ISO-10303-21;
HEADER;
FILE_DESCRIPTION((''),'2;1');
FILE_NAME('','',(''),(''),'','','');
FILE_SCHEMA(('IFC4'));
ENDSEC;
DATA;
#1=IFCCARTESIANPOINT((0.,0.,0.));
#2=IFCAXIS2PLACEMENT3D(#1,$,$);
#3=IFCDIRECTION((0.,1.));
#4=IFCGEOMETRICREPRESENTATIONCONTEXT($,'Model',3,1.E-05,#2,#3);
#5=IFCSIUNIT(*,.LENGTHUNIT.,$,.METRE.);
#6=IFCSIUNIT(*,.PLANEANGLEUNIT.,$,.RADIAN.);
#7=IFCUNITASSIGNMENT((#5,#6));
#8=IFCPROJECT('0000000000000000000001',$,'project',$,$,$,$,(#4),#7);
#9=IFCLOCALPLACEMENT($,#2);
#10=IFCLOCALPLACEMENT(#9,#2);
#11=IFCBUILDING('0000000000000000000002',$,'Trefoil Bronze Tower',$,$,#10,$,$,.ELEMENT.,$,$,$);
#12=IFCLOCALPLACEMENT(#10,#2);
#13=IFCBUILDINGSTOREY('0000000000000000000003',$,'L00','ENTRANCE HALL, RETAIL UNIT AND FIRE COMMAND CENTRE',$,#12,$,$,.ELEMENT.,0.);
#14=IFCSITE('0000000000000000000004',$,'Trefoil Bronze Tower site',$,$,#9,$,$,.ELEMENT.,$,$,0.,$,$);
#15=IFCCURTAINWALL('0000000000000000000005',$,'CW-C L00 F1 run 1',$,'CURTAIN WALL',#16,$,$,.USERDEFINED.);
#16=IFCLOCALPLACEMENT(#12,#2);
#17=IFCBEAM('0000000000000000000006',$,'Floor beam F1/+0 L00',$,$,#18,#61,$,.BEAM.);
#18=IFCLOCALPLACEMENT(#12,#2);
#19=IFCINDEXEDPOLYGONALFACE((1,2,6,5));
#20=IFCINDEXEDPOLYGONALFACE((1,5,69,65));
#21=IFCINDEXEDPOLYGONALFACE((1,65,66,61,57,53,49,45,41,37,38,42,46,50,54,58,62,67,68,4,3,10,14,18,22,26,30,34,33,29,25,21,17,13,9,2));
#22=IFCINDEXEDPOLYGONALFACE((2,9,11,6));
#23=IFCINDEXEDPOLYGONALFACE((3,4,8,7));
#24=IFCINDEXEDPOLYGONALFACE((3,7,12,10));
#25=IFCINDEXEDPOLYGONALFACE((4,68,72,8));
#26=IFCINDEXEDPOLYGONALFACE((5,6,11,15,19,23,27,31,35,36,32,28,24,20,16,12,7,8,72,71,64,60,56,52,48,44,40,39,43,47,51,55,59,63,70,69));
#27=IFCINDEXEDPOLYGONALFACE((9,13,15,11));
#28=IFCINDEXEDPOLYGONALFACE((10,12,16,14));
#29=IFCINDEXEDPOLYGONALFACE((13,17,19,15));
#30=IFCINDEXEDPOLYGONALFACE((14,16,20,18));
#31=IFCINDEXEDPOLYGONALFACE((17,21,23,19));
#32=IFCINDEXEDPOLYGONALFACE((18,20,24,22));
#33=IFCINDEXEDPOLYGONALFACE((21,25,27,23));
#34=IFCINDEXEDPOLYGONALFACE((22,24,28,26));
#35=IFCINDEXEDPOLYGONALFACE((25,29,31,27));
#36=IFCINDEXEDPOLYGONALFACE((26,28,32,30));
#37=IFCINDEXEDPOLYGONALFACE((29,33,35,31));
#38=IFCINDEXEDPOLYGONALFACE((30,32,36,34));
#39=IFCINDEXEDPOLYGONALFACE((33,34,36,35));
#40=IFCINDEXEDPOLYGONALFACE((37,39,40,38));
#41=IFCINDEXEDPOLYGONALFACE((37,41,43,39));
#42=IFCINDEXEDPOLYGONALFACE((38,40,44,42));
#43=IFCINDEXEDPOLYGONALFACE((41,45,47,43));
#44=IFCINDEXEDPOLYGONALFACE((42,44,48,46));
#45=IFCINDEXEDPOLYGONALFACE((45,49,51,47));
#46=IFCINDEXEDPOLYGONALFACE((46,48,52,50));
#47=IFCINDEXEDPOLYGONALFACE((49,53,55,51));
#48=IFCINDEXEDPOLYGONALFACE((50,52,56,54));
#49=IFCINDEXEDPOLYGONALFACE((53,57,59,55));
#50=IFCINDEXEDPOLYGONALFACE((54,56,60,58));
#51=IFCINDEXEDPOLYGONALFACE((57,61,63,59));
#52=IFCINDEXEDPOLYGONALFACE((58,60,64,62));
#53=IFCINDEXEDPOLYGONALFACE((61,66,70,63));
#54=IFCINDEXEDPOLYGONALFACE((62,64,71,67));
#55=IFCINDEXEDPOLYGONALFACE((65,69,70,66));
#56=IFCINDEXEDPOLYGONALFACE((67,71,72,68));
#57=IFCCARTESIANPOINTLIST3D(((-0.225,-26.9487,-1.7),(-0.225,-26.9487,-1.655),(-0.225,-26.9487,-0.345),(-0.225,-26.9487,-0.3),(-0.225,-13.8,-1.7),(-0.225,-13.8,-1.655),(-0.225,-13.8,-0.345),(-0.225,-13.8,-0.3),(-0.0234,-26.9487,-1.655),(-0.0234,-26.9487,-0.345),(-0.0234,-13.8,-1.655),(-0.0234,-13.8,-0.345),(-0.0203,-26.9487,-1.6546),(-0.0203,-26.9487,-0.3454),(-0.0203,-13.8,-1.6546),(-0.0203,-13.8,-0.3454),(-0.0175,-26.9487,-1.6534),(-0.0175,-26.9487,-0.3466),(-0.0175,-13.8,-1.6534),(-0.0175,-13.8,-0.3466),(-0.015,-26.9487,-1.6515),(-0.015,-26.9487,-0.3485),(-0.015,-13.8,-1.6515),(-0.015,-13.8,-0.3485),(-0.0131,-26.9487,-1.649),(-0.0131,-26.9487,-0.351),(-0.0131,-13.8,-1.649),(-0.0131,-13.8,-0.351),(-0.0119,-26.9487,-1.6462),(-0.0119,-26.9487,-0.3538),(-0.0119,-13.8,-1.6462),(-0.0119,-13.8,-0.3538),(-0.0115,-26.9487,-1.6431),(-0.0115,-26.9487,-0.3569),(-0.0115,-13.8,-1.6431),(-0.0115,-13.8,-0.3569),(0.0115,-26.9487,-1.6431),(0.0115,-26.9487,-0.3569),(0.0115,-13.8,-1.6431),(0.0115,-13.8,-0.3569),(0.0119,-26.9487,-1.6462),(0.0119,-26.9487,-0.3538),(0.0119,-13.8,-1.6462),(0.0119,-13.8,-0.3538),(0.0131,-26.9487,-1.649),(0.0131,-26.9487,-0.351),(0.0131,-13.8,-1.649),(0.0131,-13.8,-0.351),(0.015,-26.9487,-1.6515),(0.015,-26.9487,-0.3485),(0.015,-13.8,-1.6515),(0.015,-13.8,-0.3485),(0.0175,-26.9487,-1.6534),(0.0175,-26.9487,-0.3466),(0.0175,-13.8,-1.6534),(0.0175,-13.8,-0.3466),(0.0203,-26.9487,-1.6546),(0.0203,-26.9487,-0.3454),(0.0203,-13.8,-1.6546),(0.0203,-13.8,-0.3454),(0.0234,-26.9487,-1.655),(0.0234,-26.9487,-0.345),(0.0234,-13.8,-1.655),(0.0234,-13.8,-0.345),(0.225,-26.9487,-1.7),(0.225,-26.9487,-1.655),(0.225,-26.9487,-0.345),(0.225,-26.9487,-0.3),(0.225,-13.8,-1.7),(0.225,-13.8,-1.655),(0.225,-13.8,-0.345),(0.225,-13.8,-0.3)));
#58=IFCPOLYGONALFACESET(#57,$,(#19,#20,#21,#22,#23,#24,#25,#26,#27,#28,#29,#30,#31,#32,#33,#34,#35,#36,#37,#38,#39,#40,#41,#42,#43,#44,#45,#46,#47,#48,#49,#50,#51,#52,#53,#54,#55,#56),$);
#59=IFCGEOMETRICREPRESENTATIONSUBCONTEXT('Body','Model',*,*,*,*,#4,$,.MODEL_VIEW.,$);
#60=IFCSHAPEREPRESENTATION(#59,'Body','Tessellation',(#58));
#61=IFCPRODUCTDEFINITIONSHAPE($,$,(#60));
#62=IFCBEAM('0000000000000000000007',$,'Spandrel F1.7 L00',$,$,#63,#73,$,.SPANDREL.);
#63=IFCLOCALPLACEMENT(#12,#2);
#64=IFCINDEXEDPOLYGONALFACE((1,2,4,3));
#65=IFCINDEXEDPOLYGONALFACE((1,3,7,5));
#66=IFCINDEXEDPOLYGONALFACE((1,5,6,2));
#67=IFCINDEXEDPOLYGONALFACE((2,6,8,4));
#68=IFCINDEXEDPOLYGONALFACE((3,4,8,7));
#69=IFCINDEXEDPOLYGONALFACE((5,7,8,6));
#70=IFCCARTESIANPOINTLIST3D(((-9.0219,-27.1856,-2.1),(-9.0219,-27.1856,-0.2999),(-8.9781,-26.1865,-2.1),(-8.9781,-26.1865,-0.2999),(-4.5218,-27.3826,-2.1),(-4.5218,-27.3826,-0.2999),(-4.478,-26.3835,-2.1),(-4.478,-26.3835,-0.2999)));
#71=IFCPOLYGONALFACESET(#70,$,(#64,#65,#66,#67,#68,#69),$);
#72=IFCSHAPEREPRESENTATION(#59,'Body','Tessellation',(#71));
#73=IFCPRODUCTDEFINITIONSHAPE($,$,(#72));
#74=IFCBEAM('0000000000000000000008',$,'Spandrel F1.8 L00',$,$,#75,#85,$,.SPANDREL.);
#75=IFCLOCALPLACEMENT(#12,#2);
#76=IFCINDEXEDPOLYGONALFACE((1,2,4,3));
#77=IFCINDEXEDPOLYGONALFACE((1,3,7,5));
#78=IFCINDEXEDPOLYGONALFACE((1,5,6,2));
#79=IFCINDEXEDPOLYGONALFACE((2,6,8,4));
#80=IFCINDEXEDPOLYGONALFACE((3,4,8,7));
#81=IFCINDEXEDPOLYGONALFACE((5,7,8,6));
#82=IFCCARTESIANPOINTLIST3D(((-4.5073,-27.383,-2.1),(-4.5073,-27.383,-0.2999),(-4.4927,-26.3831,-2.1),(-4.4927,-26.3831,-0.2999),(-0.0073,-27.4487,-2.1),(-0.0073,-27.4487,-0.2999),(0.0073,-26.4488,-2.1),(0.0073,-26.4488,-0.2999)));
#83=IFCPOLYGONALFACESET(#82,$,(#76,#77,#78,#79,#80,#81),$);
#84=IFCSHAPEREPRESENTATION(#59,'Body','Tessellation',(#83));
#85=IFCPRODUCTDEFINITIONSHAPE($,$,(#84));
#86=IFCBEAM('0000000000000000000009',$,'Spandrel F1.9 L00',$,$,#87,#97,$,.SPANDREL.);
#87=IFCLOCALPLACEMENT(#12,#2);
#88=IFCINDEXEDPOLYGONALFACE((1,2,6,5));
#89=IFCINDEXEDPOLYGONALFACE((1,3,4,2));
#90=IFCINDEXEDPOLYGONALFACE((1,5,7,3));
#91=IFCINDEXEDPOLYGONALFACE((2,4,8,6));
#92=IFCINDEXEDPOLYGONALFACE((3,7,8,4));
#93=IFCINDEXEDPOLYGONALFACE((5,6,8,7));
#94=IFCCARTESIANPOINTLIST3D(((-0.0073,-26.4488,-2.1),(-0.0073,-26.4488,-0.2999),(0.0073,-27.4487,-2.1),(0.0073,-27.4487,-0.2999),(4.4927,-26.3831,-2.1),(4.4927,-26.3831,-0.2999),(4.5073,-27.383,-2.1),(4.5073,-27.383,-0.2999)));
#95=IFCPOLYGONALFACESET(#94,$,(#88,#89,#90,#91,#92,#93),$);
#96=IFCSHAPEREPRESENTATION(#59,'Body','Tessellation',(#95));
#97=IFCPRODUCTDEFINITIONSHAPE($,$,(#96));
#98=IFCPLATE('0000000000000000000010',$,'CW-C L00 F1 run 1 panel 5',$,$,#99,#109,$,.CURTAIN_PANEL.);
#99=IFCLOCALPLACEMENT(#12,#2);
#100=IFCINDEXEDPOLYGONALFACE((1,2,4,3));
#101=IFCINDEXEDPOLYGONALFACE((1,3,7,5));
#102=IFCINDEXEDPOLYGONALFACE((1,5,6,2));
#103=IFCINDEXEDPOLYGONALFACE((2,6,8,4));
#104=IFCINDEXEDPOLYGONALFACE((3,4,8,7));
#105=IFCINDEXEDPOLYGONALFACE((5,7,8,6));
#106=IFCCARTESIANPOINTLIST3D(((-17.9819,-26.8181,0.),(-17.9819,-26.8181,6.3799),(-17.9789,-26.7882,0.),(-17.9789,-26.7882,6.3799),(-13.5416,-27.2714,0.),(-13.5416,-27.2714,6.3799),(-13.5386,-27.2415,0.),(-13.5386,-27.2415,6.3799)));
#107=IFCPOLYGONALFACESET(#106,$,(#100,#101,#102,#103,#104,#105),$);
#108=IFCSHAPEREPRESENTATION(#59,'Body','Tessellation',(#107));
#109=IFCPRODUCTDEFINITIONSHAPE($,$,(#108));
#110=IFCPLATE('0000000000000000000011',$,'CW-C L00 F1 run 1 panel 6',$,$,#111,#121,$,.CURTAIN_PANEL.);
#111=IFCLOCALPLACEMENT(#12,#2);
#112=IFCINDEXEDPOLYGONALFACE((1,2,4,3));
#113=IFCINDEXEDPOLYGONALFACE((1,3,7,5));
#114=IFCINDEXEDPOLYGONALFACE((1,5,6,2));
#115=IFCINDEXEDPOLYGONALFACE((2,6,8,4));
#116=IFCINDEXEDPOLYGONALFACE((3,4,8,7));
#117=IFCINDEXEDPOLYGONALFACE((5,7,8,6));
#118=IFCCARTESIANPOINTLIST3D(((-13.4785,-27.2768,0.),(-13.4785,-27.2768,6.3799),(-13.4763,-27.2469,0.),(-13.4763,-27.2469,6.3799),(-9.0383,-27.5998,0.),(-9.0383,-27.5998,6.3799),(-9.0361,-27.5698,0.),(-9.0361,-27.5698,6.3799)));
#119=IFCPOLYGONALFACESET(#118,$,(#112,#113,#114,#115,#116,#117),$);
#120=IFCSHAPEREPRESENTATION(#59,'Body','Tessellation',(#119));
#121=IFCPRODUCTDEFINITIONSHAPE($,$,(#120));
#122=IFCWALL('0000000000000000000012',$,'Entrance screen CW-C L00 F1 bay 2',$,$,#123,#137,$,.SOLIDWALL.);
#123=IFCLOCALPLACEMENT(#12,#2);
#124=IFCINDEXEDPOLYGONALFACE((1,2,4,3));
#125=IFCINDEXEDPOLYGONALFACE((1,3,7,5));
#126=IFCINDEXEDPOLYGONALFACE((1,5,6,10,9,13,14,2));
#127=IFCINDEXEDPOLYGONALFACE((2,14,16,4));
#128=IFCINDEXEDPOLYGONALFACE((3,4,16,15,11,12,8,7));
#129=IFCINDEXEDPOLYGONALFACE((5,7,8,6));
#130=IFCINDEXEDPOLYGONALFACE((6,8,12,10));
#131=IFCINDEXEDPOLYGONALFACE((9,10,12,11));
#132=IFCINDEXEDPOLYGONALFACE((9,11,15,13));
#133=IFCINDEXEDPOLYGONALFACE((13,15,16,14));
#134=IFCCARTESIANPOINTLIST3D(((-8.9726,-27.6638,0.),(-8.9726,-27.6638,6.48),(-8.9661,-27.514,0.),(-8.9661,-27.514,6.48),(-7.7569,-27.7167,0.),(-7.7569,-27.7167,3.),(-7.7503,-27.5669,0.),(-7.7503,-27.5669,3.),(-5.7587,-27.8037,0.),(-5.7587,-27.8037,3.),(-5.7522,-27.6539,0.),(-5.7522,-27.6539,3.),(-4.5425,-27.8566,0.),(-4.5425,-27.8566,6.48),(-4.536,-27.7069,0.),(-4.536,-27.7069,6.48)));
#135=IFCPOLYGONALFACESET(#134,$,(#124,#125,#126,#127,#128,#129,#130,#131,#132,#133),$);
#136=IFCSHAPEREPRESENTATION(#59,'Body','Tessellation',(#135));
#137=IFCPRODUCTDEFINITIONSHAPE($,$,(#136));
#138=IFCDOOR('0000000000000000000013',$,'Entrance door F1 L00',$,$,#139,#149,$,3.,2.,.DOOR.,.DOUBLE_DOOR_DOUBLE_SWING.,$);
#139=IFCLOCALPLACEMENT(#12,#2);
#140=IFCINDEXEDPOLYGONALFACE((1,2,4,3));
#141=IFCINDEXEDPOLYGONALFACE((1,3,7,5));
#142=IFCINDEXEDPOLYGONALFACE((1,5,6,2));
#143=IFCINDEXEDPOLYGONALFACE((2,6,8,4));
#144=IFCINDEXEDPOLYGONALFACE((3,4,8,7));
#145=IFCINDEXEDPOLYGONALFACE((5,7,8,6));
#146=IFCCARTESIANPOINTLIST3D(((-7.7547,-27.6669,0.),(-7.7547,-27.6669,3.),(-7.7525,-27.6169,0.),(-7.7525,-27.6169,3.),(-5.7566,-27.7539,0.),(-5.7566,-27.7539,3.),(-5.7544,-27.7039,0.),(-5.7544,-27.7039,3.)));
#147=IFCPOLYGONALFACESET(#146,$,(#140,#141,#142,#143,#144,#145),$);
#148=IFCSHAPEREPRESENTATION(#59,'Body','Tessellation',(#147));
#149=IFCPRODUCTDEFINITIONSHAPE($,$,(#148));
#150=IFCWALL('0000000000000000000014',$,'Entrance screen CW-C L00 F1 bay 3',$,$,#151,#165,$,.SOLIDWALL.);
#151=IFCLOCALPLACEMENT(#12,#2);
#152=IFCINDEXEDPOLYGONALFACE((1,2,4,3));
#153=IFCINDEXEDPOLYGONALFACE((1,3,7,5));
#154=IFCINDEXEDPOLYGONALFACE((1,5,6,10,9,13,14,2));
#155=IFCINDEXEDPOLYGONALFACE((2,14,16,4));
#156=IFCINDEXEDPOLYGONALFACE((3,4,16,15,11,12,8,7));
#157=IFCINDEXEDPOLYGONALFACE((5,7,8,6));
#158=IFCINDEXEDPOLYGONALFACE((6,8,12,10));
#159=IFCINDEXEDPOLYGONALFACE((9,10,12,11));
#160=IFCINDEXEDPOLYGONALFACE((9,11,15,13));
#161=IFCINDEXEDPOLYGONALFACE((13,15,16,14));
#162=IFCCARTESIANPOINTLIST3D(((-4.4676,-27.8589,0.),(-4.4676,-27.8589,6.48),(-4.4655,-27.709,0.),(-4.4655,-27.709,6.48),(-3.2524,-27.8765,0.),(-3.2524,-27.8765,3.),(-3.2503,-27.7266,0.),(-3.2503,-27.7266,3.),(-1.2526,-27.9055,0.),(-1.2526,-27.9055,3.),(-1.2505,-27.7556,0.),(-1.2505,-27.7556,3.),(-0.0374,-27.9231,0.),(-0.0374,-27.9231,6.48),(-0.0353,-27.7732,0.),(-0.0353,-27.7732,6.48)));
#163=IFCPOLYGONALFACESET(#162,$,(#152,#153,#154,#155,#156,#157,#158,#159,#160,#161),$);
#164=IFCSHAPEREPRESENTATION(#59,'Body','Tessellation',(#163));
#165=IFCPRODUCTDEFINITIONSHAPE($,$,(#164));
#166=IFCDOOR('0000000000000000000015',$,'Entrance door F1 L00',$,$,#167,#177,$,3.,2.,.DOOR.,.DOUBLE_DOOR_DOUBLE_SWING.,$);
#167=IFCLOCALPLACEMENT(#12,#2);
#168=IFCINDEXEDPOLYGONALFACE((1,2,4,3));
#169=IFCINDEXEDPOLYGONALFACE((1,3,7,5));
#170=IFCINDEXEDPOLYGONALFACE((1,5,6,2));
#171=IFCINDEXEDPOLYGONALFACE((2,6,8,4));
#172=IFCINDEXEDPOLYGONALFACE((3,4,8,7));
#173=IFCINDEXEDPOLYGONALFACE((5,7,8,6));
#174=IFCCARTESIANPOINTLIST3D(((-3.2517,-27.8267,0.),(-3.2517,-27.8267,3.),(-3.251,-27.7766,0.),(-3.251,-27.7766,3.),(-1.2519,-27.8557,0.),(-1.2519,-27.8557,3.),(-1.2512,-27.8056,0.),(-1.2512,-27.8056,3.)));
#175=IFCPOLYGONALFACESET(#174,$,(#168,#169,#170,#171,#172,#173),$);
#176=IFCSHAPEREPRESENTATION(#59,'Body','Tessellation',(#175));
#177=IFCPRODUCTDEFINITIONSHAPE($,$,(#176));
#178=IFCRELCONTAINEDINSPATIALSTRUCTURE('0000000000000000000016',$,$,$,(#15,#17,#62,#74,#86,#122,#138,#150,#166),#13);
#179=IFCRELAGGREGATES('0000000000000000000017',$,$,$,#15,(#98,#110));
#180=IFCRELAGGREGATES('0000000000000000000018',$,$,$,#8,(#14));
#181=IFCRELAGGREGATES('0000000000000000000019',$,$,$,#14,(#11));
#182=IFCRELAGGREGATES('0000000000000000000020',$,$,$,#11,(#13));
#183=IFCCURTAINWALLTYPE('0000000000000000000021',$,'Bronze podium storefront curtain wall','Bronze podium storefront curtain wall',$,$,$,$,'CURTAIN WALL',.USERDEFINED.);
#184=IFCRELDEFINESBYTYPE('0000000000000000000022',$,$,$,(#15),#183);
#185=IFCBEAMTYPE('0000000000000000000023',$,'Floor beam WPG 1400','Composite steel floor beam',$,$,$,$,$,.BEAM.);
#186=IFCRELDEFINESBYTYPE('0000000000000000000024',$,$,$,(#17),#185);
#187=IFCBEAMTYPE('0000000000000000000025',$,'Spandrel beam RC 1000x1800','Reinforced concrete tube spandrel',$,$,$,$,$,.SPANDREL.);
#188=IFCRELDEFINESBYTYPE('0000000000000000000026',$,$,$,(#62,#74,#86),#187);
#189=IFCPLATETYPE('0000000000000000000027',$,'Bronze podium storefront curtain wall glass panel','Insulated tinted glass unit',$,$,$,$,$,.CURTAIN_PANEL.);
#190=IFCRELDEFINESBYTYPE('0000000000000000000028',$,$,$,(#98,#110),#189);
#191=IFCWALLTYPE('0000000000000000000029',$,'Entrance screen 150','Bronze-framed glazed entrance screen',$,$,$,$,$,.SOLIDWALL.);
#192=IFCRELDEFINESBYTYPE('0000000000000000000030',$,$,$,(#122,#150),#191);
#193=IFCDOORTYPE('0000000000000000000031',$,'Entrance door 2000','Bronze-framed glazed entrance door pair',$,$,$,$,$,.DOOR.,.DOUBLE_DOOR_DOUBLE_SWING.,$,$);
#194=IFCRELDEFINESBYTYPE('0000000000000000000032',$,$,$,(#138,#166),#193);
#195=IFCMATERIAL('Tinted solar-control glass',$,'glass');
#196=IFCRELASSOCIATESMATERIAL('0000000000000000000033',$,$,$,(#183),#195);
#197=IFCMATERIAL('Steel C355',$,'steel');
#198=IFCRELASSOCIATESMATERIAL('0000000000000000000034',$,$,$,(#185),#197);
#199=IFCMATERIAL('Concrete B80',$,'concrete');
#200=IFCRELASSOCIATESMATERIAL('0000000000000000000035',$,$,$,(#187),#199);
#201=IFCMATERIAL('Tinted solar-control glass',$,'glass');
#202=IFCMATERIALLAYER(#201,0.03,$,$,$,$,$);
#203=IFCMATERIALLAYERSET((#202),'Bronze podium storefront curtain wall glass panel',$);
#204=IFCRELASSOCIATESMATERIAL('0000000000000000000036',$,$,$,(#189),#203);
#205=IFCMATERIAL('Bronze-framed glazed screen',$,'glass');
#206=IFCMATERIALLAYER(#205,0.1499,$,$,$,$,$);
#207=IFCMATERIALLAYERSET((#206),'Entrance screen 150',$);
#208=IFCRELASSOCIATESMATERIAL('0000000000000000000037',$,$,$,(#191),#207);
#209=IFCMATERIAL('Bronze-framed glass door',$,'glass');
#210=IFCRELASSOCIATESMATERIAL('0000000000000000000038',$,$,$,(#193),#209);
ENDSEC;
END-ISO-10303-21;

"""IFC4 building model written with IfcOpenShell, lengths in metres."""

from ifc_helpers import new_model, si_unit, direction, frame, frame_2d, origin, origin_2d, place, context, subcontext, project, spatial, rectangle, i_section, extrude, material, layer, layer_set, material_profile, profile_set, type_object, element, fill, aggregate, save


model = new_model("IFC4")

# Units and contexts
model_context = context("Model", 3, precision=1e-05, world=origin(), true_north=direction((0.0, 1.0)))
body_context = subcontext(model_context, "Body", "Model", "MODEL_VIEW")
ifc_project = project(units=[si_unit("LENGTHUNIT", "METRE"), si_unit("PLANEANGLEUNIT", "RADIAN")], contexts=[model_context])

# Site, building, storey
site_placement = place(None, origin())
site = spatial("IfcSite", under=ifc_project, at=site_placement, Name="Trefoil Bronze Tower site", CompositionType="ELEMENT", RefElevation=0.0)
building_placement = place(site_placement, origin())
building = spatial("IfcBuilding", under=site, at=building_placement, Name="Trefoil Bronze Tower", CompositionType="ELEMENT")
storey_placement = place(building_placement, origin())
storey = spatial("IfcBuildingStorey", under=building, at=storey_placement, Name="L00", Description="ENTRANCE HALL, RETAIL UNIT AND FIRE COMMAND CENTRE", CompositionType="ELEMENT", Elevation=0.0)

# Curtain wall
ifc_material_1 = material(Name="Tinted solar-control glass", Category="glass")
curtain_wall_type = type_object("IfcCurtainWallType", Name="Bronze podium storefront curtain wall", Description="Bronze podium storefront curtain wall", ElementType="CURTAIN WALL", PredefinedType="USERDEFINED", material=ifc_material_1)
curtain_wall_placement = place(storey_placement, origin())
curtain_wall = element("IfcCurtainWall", 1, at=curtain_wall_placement, inside=storey, type_object=curtain_wall_type, Name="CW-C L00 F1 run 1", ObjectType="CURTAIN WALL", PredefinedType="USERDEFINED")

# Beams
ifc_material_2 = material(Name="Steel C355", Category="steel")
ifc_material_profile_1 = material_profile(ifc_material_2, i_section(OverallWidth=0.45, OverallDepth=1.3999, WebThickness=0.0229, FlangeThickness=0.0449, FilletRadius=0.012, at=origin_2d()), Name="WPG 1400")
ifc_profile_set_1 = profile_set([ifc_material_profile_1], Name="Steel C355")
beam_type_1 = type_object("IfcBeamType", Name="Floor beam WPG 1400", Description="Composite steel floor beam", PredefinedType="BEAM", material=ifc_profile_set_1)
beam_1_placement = place(storey_placement, frame((0.0, -26.9487, -1.0), z_axis=(0.0, 1.0, 0.0), x_axis=(-1.0, 0.0, 0.0)))
element("IfcBeam", 2, at=beam_1_placement, inside=storey, type_object=beam_type_1, Name="Floor beam F1/+0 L00", PredefinedType="BEAM", context=body_context, shape_type="SweptSolid", body=[
    extrude(i_section(OverallWidth=0.45, OverallDepth=1.3999, WebThickness=0.0229, FlangeThickness=0.0449, FilletRadius=0.012, at=origin_2d()), origin(), (0.0, 0.0, 1.0), 13.1487),
])
ifc_material_3 = material(Name="Concrete B80", Category="concrete")
ifc_material_profile_2 = material_profile(ifc_material_3, rectangle(XDim=1.0, YDim=1.8, at=origin_2d()), Name="RC 1000x1800")
ifc_profile_set_2 = profile_set([ifc_material_profile_2], Name="Concrete B80")
beam_type_2 = type_object("IfcBeamType", Name="Spandrel beam RC 1000x1800", Description="Reinforced concrete tube spandrel", PredefinedType="SPANDREL", material=ifc_profile_set_2)
beam_2_placement = place(storey_placement, frame((-9.0, -26.686, -1.2), z_axis=(0.999043, -0.043741, 0.0), x_axis=(0.043741, 0.999043, 0.0)))
element("IfcBeam", 3, at=beam_2_placement, inside=storey, type_object=beam_type_2, Name="Spandrel F1.7 L00", PredefinedType="SPANDREL", context=body_context, shape_type="SweptSolid", body=[
    extrude(rectangle(XDim=1.0, YDim=1.8, at=origin_2d()), origin(), (0.0, 0.0, 1.0), 4.5044),
])
for number, where, z_axis, x_axis, name in (
    (4, (-4.5, -26.8831, -1.2), (0.999894, -0.014593, 0.0), (0.014593, 0.999894, 0.0), "Spandrel F1.8 L00"),
    (5, (0.0, -26.9487, -1.2), (0.999894, 0.014593, 0.0), (-0.014593, 0.999894, 0.0), "Spandrel F1.9 L00"),
):
    element("IfcBeam", number, at=place(storey_placement, frame(where, z_axis=z_axis, x_axis=x_axis)), inside=storey, type_object=beam_type_2, Name=name, PredefinedType="SPANDREL", context=body_context, shape_type="SweptSolid", body=[
        extrude(rectangle(XDim=1.0, YDim=1.8, at=origin_2d()), origin(), (0.0, 0.0, 1.0), 4.5005),
    ])

# Plates
ifc_material_4 = material(Name="Tinted solar-control glass", Category="glass")
ifc_layer_1 = layer(ifc_material_4, 0.03)
ifc_layer_set_1 = layer_set([ifc_layer_1], Name="Bronze podium storefront curtain wall glass panel")
plate_type = type_object("IfcPlateType", Name="Bronze podium storefront curtain wall glass panel", Description="Insulated tinted glass unit", PredefinedType="CURTAIN_PANEL", material=ifc_layer_set_1)
plate_1_placement = place(storey_placement, frame((-15.7603, -27.0298, 0.0), z_axis=(0.0, 0.0, 1.0), x_axis=(0.994829, -0.101565, 0.0)))
plate_1 = element("IfcPlate", 6, at=plate_1_placement, type_object=plate_type, Name="CW-C L00 F1 run 1 panel 5", PredefinedType="CURTAIN_PANEL", context=body_context, shape_type="SweptSolid", body=[
    extrude(rectangle(XDim=4.4634, YDim=0.03, at=origin_2d()), origin(), (0.0, 0.0, 1.0), 6.3799),
])
plate_2_placement = place(storey_placement, frame((-11.2573, -27.4233, 0.0), z_axis=(0.0, 0.0, 1.0), x_axis=(0.997365, -0.072547, 0.0)))
plate_2 = element("IfcPlate", 7, at=plate_2_placement, type_object=plate_type, Name="CW-C L00 F1 run 1 panel 6", PredefinedType="CURTAIN_PANEL", context=body_context, shape_type="SweptSolid", body=[
    extrude(rectangle(XDim=4.4519, YDim=0.03, at=origin_2d()), origin(), (0.0, 0.0, 1.0), 6.3799),
])
aggregate(curtain_wall, [plate_1, plate_2])

# Walls, openings, doors
ifc_material_5 = material(Name="Bronze-framed glazed screen", Category="glass")
ifc_layer_2 = layer(ifc_material_5, 0.1499)
ifc_layer_set_2 = layer_set([ifc_layer_2], Name="Entrance screen 150")
wall_type = type_object("IfcWallType", Name="Entrance screen 150", Description="Bronze-framed glazed entrance screen", PredefinedType="SOLIDWALL", material=ifc_layer_set_2)
wall_1_placement = place(storey_placement, frame((-8.9695, -27.5889, 0.0), z_axis=(0.0, 0.0, 1.0), x_axis=(0.999054, -0.043495, 0.0)))
wall_1 = element("IfcWall", 8, at=wall_1_placement, inside=storey, type_object=wall_type, Name="Entrance screen CW-C L00 F1 bay 2", PredefinedType="SOLIDWALL", context=body_context, shape_type="SweptSolid", body=[
    extrude(rectangle(XDim=4.4343, YDim=0.1499, at=frame_2d((2.2173, 0.0))), origin(), (0.0, 0.0, 1.0), 6.48),
])
opening_1_placement = place(wall_1_placement, frame((1.217, 0.0, 0.0)))
opening_1 = element("IfcOpeningElement", 9, at=opening_1_placement, cuts=wall_1, PredefinedType="OPENING", context=body_context, shape_type="SweptSolid", body=[
    extrude(rectangle(XDim=2.0, YDim=3.0, at=frame_2d((1.0, 1.5))), frame((0.0, 0.085, 0.0), z_axis=(0.0, -1.0, 0.0), x_axis=(1.0, 0.0, 0.0)), (0.0, 0.0, 1.0), 0.1699),
])
ifc_material_6 = material(Name="Bronze-framed glass door", Category="glass")
door_type = type_object("IfcDoorType", Name="Entrance door 2000", Description="Bronze-framed glazed entrance door pair", OperationType="DOUBLE_DOOR_DOUBLE_SWING", PredefinedType="DOOR", material=ifc_material_6)
door_1_placement = place(opening_1_placement, origin())
door_1 = element("IfcDoor", 10, at=door_1_placement, inside=storey, type_object=door_type, Name="Entrance door F1 L00", OperationType="DOUBLE_DOOR_DOUBLE_SWING", OverallHeight=3.0, OverallWidth=2.0, PredefinedType="DOOR", context=body_context, shape_type="SweptSolid", body=[
    extrude(rectangle(XDim=2.0, YDim=3.0, at=frame_2d((1.0, 1.5))), frame((0.0, 0.0249, 0.0), z_axis=(0.0, -1.0, 0.0), x_axis=(1.0, 0.0, 0.0)), (0.0, 0.0, 1.0), 0.05),
])
fill(opening_1, door_1)
wall_2_placement = place(storey_placement, frame((-4.4666, -27.7839, 0.0), z_axis=(0.0, 0.0, 1.0), x_axis=(0.999895, -0.014492, 0.0)))
wall_2 = element("IfcWall", 11, at=wall_2_placement, inside=storey, type_object=wall_type, Name="Entrance screen CW-C L00 F1 bay 3", PredefinedType="SOLIDWALL", context=body_context, shape_type="SweptSolid", body=[
    extrude(rectangle(XDim=4.4307, YDim=0.1499, at=frame_2d((2.2153, 0.0))), origin(), (0.0, 0.0, 1.0), 6.48),
])
opening_2_placement = place(wall_2_placement, frame((1.2153, 0.0, 0.0)))
opening_2 = element("IfcOpeningElement", 12, at=opening_2_placement, cuts=wall_2, PredefinedType="OPENING", context=body_context, shape_type="SweptSolid", body=[
    extrude(rectangle(XDim=2.0, YDim=3.0, at=frame_2d((1.0, 1.5))), frame((0.0, 0.085, 0.0), z_axis=(0.0, -1.0, 0.0), x_axis=(1.0, 0.0, 0.0)), (0.0, 0.0, 1.0), 0.1699),
])
door_2_placement = place(opening_2_placement, origin())
door_2 = element("IfcDoor", 13, at=door_2_placement, inside=storey, type_object=door_type, Name="Entrance door F1 L00", OperationType="DOUBLE_DOOR_DOUBLE_SWING", OverallHeight=3.0, OverallWidth=2.0, PredefinedType="DOOR", context=body_context, shape_type="SweptSolid", body=[
    extrude(rectangle(XDim=2.0, YDim=3.0, at=frame_2d((1.0, 1.5))), frame((0.0, 0.0249, 0.0), z_axis=(0.0, -1.0, 0.0), x_axis=(1.0, 0.0, 0.0)), (0.0, 0.0, 1.0), 0.05),
])
fill(opening_2, door_2)

save(model, "model.ifc")
